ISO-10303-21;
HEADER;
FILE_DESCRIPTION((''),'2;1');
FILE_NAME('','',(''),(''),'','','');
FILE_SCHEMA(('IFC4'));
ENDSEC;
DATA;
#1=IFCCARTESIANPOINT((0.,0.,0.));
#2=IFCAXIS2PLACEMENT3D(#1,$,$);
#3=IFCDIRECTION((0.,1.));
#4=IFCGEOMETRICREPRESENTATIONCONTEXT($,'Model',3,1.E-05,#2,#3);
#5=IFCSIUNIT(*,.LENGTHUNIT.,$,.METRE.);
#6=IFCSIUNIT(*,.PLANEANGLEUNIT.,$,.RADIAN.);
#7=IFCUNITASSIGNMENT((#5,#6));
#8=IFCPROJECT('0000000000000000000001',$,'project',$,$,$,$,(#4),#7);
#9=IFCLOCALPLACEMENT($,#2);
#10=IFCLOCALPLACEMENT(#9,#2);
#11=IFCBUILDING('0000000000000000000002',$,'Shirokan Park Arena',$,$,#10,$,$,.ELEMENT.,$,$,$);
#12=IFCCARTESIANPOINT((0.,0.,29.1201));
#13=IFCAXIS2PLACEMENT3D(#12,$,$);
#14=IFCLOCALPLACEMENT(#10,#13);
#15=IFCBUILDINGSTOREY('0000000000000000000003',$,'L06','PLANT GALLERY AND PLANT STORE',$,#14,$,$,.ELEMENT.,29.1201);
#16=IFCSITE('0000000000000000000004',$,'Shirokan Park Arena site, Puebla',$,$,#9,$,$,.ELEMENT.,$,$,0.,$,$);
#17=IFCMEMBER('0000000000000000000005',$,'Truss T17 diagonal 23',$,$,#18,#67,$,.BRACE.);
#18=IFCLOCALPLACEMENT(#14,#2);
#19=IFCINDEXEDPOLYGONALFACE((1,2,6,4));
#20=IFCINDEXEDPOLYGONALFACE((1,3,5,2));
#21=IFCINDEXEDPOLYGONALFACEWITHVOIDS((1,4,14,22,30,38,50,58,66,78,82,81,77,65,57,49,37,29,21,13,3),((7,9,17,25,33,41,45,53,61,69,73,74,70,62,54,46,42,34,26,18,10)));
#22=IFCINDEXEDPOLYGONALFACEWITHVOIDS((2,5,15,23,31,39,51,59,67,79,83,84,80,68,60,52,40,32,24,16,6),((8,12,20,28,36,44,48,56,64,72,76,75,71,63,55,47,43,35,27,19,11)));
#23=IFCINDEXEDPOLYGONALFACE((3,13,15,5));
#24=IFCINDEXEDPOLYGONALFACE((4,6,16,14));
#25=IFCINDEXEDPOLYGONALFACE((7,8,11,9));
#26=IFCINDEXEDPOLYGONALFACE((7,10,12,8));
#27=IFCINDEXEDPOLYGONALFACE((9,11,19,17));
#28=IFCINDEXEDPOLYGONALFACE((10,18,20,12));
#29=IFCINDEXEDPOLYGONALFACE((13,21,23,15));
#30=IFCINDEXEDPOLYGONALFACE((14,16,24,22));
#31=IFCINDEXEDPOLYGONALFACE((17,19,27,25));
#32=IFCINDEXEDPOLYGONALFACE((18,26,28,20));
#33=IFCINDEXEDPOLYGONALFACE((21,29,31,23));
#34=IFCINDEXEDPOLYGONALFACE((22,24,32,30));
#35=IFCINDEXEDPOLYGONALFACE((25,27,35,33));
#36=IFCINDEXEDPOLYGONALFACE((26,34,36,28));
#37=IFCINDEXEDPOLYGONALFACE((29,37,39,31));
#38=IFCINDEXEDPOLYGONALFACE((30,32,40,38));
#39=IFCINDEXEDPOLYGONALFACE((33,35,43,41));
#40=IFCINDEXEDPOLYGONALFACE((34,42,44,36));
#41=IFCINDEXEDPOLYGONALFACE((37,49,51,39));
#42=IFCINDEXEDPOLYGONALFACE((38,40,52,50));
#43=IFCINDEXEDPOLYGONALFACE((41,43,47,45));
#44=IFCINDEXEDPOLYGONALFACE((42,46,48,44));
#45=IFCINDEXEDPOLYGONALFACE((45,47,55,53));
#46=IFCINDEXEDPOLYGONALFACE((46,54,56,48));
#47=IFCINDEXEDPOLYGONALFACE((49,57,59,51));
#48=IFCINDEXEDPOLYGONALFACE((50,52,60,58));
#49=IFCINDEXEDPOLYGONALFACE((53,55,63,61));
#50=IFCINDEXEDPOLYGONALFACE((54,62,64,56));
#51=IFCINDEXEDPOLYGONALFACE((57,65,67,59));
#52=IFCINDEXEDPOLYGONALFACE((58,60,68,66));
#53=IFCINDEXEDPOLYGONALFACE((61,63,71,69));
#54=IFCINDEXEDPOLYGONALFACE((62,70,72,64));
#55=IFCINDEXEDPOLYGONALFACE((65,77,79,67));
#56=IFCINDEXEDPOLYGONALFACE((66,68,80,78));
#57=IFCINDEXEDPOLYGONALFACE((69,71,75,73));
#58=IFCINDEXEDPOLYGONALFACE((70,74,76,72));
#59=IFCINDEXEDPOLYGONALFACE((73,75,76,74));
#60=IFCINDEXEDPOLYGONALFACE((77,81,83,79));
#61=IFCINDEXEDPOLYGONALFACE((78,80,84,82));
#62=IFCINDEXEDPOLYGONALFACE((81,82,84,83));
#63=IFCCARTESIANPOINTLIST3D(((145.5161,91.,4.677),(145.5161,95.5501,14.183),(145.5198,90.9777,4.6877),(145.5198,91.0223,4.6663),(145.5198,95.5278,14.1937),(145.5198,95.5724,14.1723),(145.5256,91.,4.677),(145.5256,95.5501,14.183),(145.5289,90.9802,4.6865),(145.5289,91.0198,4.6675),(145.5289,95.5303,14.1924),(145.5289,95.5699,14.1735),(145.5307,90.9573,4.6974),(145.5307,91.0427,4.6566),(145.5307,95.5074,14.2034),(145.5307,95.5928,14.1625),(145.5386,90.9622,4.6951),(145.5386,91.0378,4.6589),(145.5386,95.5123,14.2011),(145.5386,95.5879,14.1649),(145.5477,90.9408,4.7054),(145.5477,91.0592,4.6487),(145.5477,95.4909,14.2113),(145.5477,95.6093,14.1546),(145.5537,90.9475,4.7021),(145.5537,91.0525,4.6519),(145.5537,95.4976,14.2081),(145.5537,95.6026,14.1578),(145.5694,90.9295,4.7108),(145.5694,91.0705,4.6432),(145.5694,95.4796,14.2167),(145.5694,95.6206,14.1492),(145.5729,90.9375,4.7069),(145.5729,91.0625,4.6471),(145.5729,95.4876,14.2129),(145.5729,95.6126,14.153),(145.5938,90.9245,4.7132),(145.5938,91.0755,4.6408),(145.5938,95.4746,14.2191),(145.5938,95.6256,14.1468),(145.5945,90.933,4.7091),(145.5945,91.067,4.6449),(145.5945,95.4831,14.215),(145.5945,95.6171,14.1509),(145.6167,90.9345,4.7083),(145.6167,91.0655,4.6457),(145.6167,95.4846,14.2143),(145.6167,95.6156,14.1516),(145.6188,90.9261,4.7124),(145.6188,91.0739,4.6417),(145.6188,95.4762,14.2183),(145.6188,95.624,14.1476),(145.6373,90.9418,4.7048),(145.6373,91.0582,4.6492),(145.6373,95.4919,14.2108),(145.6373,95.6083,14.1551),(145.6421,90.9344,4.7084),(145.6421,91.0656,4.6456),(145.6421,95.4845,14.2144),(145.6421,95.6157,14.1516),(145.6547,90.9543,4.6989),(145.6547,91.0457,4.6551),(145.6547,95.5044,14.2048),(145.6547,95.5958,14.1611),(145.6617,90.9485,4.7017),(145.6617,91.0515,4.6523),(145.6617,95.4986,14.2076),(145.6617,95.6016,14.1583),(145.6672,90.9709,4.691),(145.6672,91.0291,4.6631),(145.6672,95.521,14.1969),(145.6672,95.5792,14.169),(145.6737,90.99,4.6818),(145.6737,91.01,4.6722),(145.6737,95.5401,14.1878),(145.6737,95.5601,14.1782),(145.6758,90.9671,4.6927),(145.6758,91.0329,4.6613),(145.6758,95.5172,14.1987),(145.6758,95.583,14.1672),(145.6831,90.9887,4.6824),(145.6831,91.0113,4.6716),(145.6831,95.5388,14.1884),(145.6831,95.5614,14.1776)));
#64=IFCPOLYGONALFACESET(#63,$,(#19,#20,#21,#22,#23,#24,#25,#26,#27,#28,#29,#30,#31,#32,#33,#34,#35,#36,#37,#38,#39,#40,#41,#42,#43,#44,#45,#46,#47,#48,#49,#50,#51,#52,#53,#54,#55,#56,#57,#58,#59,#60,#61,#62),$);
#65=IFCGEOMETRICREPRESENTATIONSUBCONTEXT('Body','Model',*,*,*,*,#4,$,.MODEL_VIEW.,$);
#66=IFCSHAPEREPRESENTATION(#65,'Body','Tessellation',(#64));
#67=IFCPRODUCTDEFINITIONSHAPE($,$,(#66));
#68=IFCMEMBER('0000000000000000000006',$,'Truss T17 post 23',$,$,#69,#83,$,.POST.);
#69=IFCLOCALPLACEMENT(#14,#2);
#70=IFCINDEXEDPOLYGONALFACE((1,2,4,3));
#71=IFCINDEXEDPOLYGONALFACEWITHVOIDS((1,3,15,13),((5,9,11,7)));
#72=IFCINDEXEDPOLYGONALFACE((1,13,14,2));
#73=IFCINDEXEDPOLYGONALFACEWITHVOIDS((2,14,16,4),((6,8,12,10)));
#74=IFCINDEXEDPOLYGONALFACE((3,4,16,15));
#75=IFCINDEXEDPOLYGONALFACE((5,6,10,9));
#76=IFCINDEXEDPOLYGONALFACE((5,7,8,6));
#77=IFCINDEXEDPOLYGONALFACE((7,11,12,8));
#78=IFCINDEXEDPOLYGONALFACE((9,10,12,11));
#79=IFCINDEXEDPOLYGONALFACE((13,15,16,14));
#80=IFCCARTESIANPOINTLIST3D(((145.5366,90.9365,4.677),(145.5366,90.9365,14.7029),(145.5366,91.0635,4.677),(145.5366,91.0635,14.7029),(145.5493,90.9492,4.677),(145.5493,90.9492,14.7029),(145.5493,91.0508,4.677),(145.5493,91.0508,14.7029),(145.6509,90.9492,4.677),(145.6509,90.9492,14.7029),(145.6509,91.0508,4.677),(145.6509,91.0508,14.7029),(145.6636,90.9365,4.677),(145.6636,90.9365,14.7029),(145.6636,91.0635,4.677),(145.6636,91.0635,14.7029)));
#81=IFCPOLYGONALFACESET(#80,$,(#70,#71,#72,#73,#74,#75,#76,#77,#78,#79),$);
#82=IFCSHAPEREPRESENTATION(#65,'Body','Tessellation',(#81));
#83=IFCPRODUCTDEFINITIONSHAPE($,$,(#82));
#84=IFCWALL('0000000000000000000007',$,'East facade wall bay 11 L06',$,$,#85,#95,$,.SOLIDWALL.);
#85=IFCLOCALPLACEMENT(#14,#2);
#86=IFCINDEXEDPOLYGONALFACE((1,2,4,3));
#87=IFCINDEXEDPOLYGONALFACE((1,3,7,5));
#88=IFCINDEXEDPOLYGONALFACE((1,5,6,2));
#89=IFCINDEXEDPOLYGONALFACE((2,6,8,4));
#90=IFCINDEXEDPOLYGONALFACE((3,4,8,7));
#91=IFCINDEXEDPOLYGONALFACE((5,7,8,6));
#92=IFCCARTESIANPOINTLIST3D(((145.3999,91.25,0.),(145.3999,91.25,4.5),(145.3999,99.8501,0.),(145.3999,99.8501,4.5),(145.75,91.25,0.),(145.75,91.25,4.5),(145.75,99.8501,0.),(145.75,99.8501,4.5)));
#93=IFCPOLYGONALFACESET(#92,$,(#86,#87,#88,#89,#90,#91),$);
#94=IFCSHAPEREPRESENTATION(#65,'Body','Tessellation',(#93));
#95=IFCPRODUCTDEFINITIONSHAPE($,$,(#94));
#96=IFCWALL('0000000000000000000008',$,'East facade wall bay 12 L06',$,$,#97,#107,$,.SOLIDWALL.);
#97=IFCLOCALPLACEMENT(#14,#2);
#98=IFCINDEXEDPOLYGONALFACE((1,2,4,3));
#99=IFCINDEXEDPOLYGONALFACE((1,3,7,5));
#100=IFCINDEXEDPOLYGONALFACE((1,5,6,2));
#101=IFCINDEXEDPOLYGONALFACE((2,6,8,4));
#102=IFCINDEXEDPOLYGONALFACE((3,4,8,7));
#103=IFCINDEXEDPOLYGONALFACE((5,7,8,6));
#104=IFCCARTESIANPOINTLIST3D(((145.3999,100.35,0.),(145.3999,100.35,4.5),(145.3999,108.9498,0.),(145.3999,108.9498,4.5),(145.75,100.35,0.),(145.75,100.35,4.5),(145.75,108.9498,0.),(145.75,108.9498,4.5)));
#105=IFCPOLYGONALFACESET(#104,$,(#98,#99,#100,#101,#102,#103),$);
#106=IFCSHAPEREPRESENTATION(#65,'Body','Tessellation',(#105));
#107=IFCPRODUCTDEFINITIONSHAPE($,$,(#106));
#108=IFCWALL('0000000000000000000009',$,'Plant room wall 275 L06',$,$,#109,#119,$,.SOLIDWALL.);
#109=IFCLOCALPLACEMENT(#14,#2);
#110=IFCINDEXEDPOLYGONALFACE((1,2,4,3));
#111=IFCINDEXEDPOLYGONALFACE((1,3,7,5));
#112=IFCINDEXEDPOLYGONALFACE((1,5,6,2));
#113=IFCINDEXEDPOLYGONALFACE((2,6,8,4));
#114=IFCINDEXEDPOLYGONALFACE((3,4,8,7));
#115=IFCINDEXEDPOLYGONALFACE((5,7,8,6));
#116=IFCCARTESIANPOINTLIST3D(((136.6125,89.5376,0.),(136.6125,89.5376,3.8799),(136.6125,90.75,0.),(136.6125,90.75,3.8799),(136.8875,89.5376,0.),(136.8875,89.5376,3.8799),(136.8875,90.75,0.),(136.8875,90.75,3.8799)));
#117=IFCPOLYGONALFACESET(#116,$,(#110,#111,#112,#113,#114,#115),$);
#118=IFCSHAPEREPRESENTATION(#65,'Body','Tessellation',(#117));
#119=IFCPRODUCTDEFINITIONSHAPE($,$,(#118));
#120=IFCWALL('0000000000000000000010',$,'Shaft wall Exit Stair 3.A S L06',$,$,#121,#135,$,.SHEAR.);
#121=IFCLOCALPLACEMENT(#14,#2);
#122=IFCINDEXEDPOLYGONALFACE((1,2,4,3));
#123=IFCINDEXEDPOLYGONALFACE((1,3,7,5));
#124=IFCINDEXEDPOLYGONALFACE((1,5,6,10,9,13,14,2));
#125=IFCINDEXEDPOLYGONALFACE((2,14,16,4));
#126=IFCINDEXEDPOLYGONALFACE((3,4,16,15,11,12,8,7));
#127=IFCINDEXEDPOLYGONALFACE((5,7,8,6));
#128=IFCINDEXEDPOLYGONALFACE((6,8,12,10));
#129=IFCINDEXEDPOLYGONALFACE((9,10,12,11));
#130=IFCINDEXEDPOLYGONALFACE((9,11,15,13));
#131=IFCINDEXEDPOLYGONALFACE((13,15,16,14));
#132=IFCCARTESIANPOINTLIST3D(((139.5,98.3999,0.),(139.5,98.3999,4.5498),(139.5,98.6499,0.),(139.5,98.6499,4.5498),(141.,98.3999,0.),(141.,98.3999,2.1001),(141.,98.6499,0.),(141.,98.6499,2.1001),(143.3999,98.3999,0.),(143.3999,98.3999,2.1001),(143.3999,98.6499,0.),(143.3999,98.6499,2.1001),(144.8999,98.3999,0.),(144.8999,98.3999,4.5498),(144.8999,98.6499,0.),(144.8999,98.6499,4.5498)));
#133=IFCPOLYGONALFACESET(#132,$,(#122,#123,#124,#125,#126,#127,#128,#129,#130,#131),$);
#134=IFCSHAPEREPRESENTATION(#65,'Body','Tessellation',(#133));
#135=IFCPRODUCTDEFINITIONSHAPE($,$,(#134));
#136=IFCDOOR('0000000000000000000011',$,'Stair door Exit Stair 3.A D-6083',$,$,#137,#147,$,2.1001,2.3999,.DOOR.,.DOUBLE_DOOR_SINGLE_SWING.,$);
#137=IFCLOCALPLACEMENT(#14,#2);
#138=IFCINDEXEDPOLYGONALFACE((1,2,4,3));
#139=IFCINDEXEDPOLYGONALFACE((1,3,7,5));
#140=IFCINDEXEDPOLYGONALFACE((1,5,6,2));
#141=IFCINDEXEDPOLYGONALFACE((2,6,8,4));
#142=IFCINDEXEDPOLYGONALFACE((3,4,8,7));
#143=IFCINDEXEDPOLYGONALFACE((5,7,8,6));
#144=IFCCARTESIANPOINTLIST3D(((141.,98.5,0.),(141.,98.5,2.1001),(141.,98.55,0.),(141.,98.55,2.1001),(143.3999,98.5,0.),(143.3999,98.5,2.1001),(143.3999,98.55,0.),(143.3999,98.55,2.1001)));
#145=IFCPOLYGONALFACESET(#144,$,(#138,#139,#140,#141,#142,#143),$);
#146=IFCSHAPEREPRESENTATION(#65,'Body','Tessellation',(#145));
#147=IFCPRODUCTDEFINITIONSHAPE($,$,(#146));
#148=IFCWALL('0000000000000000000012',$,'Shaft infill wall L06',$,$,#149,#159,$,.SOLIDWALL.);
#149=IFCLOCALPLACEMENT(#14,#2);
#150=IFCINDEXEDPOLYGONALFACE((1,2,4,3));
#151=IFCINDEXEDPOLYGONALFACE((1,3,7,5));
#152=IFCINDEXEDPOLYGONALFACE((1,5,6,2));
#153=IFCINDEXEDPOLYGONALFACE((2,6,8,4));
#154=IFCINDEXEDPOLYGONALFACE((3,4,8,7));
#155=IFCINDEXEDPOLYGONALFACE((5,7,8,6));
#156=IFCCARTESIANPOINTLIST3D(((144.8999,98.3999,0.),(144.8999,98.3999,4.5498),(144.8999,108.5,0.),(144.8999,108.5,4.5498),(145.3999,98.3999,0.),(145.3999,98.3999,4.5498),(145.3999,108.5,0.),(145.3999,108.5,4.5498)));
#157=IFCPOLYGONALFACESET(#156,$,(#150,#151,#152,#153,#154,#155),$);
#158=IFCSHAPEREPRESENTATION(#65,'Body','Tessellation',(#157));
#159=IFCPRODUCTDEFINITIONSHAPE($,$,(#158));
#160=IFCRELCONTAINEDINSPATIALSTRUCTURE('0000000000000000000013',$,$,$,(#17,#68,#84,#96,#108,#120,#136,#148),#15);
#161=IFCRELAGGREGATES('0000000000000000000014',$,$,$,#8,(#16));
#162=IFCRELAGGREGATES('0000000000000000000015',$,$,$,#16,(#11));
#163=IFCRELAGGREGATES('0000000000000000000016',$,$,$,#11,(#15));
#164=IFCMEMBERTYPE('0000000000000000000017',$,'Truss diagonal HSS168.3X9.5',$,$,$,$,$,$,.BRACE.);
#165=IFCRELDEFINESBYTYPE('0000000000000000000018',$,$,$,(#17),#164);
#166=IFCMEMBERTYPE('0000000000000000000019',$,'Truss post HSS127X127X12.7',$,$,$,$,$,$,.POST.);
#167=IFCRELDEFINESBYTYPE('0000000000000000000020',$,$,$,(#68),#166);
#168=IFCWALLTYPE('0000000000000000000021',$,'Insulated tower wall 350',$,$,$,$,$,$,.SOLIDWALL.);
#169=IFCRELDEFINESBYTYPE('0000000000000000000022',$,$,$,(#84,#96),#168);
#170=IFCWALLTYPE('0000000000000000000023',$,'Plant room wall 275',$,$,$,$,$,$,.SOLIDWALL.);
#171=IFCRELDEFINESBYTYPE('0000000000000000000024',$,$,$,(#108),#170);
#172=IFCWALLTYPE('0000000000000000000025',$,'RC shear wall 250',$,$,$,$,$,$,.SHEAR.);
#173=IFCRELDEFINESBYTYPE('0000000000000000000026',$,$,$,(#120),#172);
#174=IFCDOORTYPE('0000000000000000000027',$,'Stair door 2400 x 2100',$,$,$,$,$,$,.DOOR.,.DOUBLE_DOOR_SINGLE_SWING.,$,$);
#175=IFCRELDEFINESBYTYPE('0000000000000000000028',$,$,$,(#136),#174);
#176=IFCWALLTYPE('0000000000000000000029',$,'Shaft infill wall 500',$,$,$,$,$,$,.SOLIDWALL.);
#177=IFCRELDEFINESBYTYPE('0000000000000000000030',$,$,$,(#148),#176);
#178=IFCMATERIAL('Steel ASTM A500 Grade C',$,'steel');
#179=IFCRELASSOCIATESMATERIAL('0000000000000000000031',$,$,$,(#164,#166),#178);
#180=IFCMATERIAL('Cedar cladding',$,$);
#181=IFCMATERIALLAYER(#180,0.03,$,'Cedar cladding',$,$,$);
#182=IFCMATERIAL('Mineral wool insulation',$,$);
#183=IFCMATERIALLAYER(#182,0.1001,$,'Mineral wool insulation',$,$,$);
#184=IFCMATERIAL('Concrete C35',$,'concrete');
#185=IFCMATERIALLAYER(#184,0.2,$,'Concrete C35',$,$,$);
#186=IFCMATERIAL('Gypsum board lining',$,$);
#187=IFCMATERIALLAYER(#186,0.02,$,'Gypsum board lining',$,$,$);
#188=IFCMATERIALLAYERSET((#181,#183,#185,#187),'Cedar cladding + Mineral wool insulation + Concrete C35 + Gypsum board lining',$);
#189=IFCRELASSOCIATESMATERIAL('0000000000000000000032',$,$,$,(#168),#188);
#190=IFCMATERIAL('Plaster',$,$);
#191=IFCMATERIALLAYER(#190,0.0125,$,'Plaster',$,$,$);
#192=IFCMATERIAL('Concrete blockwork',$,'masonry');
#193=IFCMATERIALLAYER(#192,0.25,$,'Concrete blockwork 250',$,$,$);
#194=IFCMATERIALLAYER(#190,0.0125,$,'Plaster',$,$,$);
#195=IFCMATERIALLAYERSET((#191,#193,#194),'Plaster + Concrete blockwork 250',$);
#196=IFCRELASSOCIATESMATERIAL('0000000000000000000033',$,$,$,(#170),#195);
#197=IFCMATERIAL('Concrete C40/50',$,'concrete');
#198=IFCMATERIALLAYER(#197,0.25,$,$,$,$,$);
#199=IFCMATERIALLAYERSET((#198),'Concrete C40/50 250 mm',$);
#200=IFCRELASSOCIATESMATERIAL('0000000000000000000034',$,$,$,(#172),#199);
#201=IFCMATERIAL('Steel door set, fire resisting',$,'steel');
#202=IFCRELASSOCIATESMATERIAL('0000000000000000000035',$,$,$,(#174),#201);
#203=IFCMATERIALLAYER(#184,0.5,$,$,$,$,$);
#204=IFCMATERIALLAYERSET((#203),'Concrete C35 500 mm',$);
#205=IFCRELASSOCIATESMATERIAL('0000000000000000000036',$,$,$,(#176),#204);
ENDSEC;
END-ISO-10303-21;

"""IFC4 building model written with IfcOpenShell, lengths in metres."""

from ifc_helpers import new_model, si_unit, direction, frame, frame_2d, origin, origin_2d, place, context, subcontext, project, spatial, rectangle, hollow_rectangle, hollow_circle, extrude, material, layer, layer_set, material_profile, profile_set, type_object, element, fill, save


model = new_model("IFC4")

# Units and contexts
model_context = context("Model", 3, precision=1e-05, world=origin(), true_north=direction((0.0, 1.0)))
body_context = subcontext(model_context, "Body", "Model", "MODEL_VIEW")
ifc_project = project(units=[si_unit("LENGTHUNIT", "METRE"), si_unit("PLANEANGLEUNIT", "RADIAN")], contexts=[model_context])

# Site, building, storey
site_placement = place(None, origin())
site = spatial("IfcSite", under=ifc_project, at=site_placement, Name="Shirokan Park Arena site, Puebla", CompositionType="ELEMENT", RefElevation=0.0)
building_placement = place(site_placement, origin())
building = spatial("IfcBuilding", under=site, at=building_placement, Name="Shirokan Park Arena", CompositionType="ELEMENT")
storey_placement = place(building_placement, frame((0.0, 0.0, 29.1201)))
storey = spatial("IfcBuildingStorey", under=building, at=storey_placement, Name="L06", Description="PLANT GALLERY AND PLANT STORE", CompositionType="ELEMENT", Elevation=29.1201)

# Shared definitions
ifc_material_1 = material(Name="Concrete C35", Category="concrete")

# Shared definitions
ifc_material_2 = material(Name="Steel ASTM A500 Grade C", Category="steel")

# Members
ifc_material_profile_1 = material_profile(ifc_material_2, hollow_circle(Radius=0.084, WallThickness=0.0095, at=origin_2d()), Name="HSS168.3X9.5")
ifc_profile_set_1 = profile_set([ifc_material_profile_1], Name="Steel ASTM A500 Grade C")
member_type_1 = type_object("IfcMemberType", Name="Truss diagonal HSS168.3X9.5", PredefinedType="BRACE", material=ifc_profile_set_1)
member_1_placement = place(storey_placement, frame((145.6001, 91.0, 4.677), z_axis=(0.0, 0.431746, 0.901995), x_axis=(-1.0, 0.0, 0.0)))
element("IfcMember", 1, at=member_1_placement, inside=storey, type_object=member_type_1, Name="Truss T17 diagonal 23", PredefinedType="BRACE", context=body_context, shape_type="SweptSolid", body=[
    extrude(hollow_circle(Radius=0.084, WallThickness=0.0095, at=origin_2d()), origin(), (0.0, 0.0, 1.0), 10.5388),
])
ifc_material_profile_2 = material_profile(ifc_material_2, hollow_rectangle(XDim=0.127, YDim=0.127, WallThickness=0.0127, at=origin_2d()), Name="HSS127X127X12.7")
ifc_profile_set_2 = profile_set([ifc_material_profile_2], Name="Steel ASTM A500 Grade C")
member_type_2 = type_object("IfcMemberType", Name="Truss post HSS127X127X12.7", PredefinedType="POST", material=ifc_profile_set_2)
member_2_placement = place(storey_placement, frame((145.6001, 91.0, 4.677), z_axis=(0.0, 0.0, 1.0), x_axis=(1.0, 0.0, 0.0)))
element("IfcMember", 2, at=member_2_placement, inside=storey, type_object=member_type_2, Name="Truss T17 post 23", PredefinedType="POST", context=body_context, shape_type="SweptSolid", body=[
    extrude(hollow_rectangle(XDim=0.127, YDim=0.127, WallThickness=0.0127, at=origin_2d()), origin(), (0.0, 0.0, 1.0), 10.0259),
])

# Walls
ifc_material_3 = material(Name="Cedar cladding")
ifc_layer_1 = layer(ifc_material_3, 0.03, Name="Cedar cladding")
ifc_material_4 = material(Name="Mineral wool insulation")
ifc_layer_2 = layer(ifc_material_4, 0.1001, Name="Mineral wool insulation")
ifc_layer_3 = layer(ifc_material_1, 0.2, Name="Concrete C35")
ifc_material_5 = material(Name="Gypsum board lining")
ifc_layer_4 = layer(ifc_material_5, 0.02, Name="Gypsum board lining")
ifc_layer_set_1 = layer_set([ifc_layer_1, ifc_layer_2, ifc_layer_3, ifc_layer_4], Name="Cedar cladding + Mineral wool insulation + Concrete C35 + Gypsum board lining")
wall_type_1 = type_object("IfcWallType", Name="Insulated tower wall 350", PredefinedType="SOLIDWALL", material=ifc_layer_set_1)
wall_1_placement = place(storey_placement, frame((145.575, 91.25, 0.0), z_axis=(0.0, 0.0, 1.0), x_axis=(0.0, 1.0, 0.0)))
element("IfcWall", 3, at=wall_1_placement, inside=storey, type_object=wall_type_1, Name="East facade wall bay 11 L06", PredefinedType="SOLIDWALL", context=body_context, shape_type="SweptSolid", body=[
    extrude(rectangle(XDim=8.6001, YDim=0.3501, at=frame_2d((4.3, 0.0))), origin(), (0.0, 0.0, 1.0), 4.5),
])
wall_2_placement = place(storey_placement, frame((145.575, 100.3501, 0.0), z_axis=(0.0, 0.0, 1.0), x_axis=(0.0, 1.0, 0.0)))
element("IfcWall", 4, at=wall_2_placement, inside=storey, type_object=wall_type_1, Name="East facade wall bay 12 L06", PredefinedType="SOLIDWALL", context=body_context, shape_type="SweptSolid", body=[
    extrude(rectangle(XDim=8.5999, YDim=0.3501, at=frame_2d((4.2998, 0.0))), origin(), (0.0, 0.0, 1.0), 4.5),
])
ifc_material_6 = material(Name="Plaster")
ifc_layer_5 = layer(ifc_material_6, 0.0125, Name="Plaster")
ifc_material_7 = material(Name="Concrete blockwork", Category="masonry")
ifc_layer_6 = layer(ifc_material_7, 0.25, Name="Concrete blockwork 250")
ifc_layer_7 = layer(ifc_material_6, 0.0125, Name="Plaster")
ifc_layer_set_2 = layer_set([ifc_layer_5, ifc_layer_6, ifc_layer_7], Name="Plaster + Concrete blockwork 250")
wall_type_2 = type_object("IfcWallType", Name="Plant room wall 275", PredefinedType="SOLIDWALL", material=ifc_layer_set_2)
wall_3_placement = place(storey_placement, frame((136.75, 89.5376, 0.0), z_axis=(0.0, 0.0, 1.0), x_axis=(0.0, 1.0, 0.0)))
element("IfcWall", 5, at=wall_3_placement, inside=storey, type_object=wall_type_2, Name="Plant room wall 275 L06", PredefinedType="SOLIDWALL", context=body_context, shape_type="SweptSolid", body=[
    extrude(rectangle(XDim=1.2124, YDim=0.2749, at=frame_2d((0.6062, 0.0))), origin(), (0.0, 0.0, 1.0), 3.8799),
])

# Wall, opening, door
ifc_material_8 = material(Name="Concrete C40/50", Category="concrete")
ifc_layer_8 = layer(ifc_material_8, 0.25)
ifc_layer_set_3 = layer_set([ifc_layer_8], Name="Concrete C40/50 250 mm")
wall_type_3 = type_object("IfcWallType", Name="RC shear wall 250", PredefinedType="SHEAR", material=ifc_layer_set_3)
wall_4_placement = place(storey_placement, frame((144.8999, 98.5249, 0.0), z_axis=(0.0, 0.0, 1.0), x_axis=(-1.0, 0.0, 0.0)))
wall_4 = element("IfcWall", 6, at=wall_4_placement, inside=storey, type_object=wall_type_3, Name="Shaft wall Exit Stair 3.A S L06", PredefinedType="SHEAR", context=body_context, shape_type="SweptSolid", body=[
    extrude(rectangle(XDim=5.3999, YDim=0.25, at=frame_2d((2.7, 0.0))), origin(), (0.0, 0.0, 1.0), 4.5498),
])
opening_1_placement = place(wall_4_placement, frame((1.5, 0.0, 0.0)))
opening_1 = element("IfcOpeningElement", 7, at=opening_1_placement, cuts=wall_4, PredefinedType="OPENING", context=body_context, shape_type="SweptSolid", body=[
    extrude(rectangle(XDim=2.3999, YDim=2.1001, at=frame_2d((1.2, 1.05))), frame((0.0, 0.135, 0.0), z_axis=(0.0, -1.0, 0.0), x_axis=(1.0, 0.0, 0.0)), (0.0, 0.0, 1.0), 0.27),
])
ifc_material_9 = material(Name="Steel door set, fire resisting", Category="steel")
door_type_1 = type_object("IfcDoorType", Name="Stair door 2400 x 2100", OperationType="DOUBLE_DOOR_SINGLE_SWING", PredefinedType="DOOR", material=ifc_material_9)
door_1_placement = place(opening_1_placement, origin())
door_1 = element("IfcDoor", 8, at=door_1_placement, inside=storey, type_object=door_type_1, Name="Stair door Exit Stair 3.A D-6083", OperationType="DOUBLE_DOOR_SINGLE_SWING", OverallHeight=2.1001, OverallWidth=2.3999, PredefinedType="DOOR", context=body_context, shape_type="SweptSolid", body=[
    extrude(rectangle(XDim=2.3999, YDim=2.1001, at=frame_2d((1.2, 1.05))), frame((0.0, 0.0249, 0.0), z_axis=(0.0, -1.0, 0.0), x_axis=(1.0, 0.0, 0.0)), (0.0, 0.0, 1.0), 0.05),
])
fill(opening_1, door_1)

# Wall
ifc_layer_9 = layer(ifc_material_1, 0.5)
ifc_layer_set_4 = layer_set([ifc_layer_9], Name="Concrete C35 500 mm")
wall_type_4 = type_object("IfcWallType", Name="Shaft infill wall 500", PredefinedType="SOLIDWALL", material=ifc_layer_set_4)
wall_5_placement = place(storey_placement, frame((145.1499, 98.3999, 0.0), z_axis=(0.0, 0.0, 1.0), x_axis=(0.0, 1.0, 0.0)))
element("IfcWall", 9, at=wall_5_placement, inside=storey, type_object=wall_type_4, Name="Shaft infill wall L06", PredefinedType="SOLIDWALL", context=body_context, shape_type="SweptSolid", body=[
    extrude(rectangle(XDim=10.1001, YDim=0.5, at=frame_2d((5.05, 0.0))), origin(), (0.0, 0.0, 1.0), 4.5498),
])

save(model, "model.ifc")
